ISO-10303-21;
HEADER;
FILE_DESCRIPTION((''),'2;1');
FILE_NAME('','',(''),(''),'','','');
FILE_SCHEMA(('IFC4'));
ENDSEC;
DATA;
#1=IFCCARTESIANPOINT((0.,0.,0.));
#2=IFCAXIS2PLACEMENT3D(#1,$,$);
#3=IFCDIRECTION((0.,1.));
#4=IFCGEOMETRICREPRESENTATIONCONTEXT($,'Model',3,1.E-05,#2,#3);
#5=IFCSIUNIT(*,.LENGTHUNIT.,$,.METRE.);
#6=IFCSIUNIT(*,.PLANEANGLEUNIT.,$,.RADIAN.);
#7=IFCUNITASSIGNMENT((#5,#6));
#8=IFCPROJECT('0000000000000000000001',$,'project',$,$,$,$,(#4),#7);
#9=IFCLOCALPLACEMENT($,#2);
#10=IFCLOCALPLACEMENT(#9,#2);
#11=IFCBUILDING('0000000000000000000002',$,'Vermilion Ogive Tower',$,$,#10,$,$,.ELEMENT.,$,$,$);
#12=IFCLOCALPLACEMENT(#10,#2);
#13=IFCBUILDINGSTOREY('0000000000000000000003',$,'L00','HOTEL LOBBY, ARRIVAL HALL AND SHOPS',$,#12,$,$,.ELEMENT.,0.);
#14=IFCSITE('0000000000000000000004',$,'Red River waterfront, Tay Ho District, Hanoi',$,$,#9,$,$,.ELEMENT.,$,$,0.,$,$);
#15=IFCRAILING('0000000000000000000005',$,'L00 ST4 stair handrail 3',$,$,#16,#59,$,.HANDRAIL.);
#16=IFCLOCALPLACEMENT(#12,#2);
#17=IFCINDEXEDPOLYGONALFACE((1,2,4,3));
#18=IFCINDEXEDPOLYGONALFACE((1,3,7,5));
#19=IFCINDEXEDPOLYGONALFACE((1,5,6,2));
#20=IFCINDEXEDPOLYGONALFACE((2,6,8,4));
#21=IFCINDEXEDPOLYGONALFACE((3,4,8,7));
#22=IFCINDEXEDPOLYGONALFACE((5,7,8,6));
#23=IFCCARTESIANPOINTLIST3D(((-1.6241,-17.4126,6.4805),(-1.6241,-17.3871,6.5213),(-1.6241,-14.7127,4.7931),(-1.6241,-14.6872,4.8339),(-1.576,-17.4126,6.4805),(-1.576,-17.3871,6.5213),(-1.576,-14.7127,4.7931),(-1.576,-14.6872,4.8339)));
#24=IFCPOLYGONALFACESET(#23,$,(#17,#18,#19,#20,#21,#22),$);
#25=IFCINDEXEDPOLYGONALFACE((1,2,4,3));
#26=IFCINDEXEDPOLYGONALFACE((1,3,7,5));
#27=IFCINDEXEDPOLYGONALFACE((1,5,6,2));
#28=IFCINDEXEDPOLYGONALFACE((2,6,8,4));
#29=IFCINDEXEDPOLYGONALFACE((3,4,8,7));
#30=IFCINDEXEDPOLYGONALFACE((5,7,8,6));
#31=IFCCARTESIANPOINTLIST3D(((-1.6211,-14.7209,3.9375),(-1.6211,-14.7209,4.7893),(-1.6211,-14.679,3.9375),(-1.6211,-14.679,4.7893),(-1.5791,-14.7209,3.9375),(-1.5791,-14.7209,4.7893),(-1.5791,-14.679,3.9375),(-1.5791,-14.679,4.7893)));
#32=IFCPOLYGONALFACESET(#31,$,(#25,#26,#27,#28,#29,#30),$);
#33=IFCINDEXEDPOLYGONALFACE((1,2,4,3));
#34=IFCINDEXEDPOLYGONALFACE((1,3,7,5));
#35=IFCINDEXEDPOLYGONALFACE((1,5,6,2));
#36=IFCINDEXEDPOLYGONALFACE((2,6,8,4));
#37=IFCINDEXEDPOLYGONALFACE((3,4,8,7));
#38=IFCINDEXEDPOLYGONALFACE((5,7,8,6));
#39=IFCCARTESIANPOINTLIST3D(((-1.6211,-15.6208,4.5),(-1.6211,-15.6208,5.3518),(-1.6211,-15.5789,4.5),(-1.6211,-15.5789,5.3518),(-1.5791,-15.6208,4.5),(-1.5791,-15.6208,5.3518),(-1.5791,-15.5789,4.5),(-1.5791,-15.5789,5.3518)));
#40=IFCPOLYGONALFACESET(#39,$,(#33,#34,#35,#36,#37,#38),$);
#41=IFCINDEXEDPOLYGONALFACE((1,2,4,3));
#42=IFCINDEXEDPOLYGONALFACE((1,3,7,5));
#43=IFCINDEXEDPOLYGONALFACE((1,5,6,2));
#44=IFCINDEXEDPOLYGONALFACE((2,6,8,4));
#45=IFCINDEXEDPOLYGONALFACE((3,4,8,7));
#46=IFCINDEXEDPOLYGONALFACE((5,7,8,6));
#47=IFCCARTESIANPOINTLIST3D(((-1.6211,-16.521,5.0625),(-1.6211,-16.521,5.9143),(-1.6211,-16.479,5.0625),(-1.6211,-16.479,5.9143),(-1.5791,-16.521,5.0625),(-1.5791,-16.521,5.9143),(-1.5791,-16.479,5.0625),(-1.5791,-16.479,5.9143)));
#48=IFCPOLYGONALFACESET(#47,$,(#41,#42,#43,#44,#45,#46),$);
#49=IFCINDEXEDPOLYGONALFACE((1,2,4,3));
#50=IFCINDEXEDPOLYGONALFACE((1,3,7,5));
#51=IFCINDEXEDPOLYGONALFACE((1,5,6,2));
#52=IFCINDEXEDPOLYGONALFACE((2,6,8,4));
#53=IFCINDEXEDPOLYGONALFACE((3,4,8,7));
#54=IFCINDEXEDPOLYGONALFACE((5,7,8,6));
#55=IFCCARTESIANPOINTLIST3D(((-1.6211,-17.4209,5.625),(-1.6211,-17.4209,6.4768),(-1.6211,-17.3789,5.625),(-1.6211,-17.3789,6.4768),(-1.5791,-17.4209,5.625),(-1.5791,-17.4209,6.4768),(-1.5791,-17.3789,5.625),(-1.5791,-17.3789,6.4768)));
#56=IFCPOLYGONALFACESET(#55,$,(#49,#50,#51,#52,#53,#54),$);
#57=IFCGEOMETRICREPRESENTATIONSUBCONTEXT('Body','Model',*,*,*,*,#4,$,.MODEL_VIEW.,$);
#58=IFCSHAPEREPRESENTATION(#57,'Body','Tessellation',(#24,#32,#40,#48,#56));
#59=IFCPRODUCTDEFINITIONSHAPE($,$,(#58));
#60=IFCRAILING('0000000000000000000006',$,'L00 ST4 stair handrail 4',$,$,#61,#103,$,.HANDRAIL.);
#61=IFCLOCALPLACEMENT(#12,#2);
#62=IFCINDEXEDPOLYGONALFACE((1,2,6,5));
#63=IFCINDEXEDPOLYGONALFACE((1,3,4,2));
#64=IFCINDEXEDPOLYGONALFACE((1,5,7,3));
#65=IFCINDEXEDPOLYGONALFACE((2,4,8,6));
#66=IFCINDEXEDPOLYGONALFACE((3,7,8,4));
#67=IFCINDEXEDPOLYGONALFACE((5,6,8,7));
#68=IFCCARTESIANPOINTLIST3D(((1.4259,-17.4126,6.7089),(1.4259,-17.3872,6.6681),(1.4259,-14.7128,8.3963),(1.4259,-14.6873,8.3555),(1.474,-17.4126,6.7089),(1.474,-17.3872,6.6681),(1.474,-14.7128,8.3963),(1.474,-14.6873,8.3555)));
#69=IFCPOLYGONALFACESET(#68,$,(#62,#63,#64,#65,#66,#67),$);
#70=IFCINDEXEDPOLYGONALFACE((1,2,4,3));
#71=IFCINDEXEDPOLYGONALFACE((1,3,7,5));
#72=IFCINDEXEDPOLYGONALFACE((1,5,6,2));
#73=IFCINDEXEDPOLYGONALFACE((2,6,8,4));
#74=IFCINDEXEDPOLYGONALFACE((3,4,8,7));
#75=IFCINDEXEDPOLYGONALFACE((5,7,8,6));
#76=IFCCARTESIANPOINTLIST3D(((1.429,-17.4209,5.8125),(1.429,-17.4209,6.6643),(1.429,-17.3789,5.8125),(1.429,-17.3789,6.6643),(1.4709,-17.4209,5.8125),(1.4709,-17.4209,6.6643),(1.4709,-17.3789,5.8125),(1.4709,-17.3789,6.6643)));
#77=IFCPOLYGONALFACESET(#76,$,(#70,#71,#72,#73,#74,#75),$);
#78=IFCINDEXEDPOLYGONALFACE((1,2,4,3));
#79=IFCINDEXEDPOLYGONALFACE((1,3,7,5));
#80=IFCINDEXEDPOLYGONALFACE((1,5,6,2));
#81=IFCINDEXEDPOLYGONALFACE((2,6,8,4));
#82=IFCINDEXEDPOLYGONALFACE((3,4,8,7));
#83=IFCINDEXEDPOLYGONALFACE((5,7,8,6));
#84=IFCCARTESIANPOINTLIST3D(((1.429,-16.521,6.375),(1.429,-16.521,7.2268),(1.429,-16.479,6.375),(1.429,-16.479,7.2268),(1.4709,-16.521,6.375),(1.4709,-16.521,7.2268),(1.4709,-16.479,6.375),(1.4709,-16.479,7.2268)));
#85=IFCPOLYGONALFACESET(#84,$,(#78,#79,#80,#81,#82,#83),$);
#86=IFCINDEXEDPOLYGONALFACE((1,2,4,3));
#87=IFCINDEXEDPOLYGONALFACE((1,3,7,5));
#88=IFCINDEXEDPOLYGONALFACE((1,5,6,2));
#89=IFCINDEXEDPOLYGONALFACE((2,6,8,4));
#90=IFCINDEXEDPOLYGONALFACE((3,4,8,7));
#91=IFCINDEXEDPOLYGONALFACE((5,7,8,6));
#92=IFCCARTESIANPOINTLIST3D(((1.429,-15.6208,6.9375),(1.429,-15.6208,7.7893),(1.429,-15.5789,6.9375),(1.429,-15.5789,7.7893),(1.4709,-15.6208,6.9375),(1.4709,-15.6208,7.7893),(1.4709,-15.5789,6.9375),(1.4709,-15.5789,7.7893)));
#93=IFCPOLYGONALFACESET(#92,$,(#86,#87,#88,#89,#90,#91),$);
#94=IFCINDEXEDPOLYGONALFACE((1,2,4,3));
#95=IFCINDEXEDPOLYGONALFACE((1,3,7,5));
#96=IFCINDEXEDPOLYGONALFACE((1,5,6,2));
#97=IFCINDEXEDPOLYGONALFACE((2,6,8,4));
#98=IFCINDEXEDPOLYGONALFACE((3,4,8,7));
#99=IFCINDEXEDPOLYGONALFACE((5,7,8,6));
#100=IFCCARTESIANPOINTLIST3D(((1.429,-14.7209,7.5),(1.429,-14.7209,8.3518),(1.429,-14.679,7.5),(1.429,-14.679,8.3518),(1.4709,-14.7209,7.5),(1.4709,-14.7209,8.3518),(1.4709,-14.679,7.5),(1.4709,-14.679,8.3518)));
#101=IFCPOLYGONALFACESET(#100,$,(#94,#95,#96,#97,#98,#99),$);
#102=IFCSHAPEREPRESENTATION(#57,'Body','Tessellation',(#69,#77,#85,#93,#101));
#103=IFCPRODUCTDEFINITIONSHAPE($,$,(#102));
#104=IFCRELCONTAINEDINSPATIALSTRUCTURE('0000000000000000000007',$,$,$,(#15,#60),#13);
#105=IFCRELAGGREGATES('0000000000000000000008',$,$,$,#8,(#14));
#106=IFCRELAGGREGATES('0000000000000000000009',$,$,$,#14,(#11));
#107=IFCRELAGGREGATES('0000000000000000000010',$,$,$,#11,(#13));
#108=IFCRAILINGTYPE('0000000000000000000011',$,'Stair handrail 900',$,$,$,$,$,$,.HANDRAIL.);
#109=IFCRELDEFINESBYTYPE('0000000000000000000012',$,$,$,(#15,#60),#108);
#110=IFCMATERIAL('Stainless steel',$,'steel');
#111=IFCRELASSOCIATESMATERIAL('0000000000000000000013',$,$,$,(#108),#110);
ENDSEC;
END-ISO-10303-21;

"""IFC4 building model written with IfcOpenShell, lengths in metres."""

from ifc_helpers import new_model, si_unit, direction, frame, origin, origin_2d, place, context, subcontext, project, spatial, rectangle, extrude, material, type_object, element, save


model = new_model("IFC4")

# Units and contexts
model_context = context("Model", 3, precision=1e-05, world=origin(), true_north=direction((0.0, 1.0)))
body_context = subcontext(model_context, "Body", "Model", "MODEL_VIEW")
ifc_project = project(units=[si_unit("LENGTHUNIT", "METRE"), si_unit("PLANEANGLEUNIT", "RADIAN")], contexts=[model_context])

# Site, building, storey
site_placement = place(None, origin())
site = spatial("IfcSite", under=ifc_project, at=site_placement, Name="Red River waterfront, Tay Ho District, Hanoi", CompositionType="ELEMENT", RefElevation=0.0)
building_placement = place(site_placement, origin())
building = spatial("IfcBuilding", under=site, at=building_placement, Name="Vermilion Ogive Tower", CompositionType="ELEMENT")
storey_placement = place(building_placement, origin())
storey = spatial("IfcBuildingStorey", under=building, at=storey_placement, Name="L00", Description="HOTEL LOBBY, ARRIVAL HALL AND SHOPS", CompositionType="ELEMENT", Elevation=0.0)

# Railings
ifc_material_1 = material(Name="Stainless steel", Category="steel")
railing_type_1 = type_object("IfcRailingType", Name="Stair handrail 900", PredefinedType="HANDRAIL", material=ifc_material_1)
railing_1_placement = place(storey_placement, frame((-1.6001, -14.7, 3.9375)))
element("IfcRailing", 1, at=railing_1_placement, inside=storey, type_object=railing_type_1, Name="L00 ST4 stair handrail 3", PredefinedType="HANDRAIL", context=body_context, shape_type="SweptSolid", body=[
    extrude(rectangle(XDim=0.0481, YDim=0.0481, at=origin_2d()), frame((0.0, 0.0, 0.876), z_axis=(0.0, -0.847994, 0.530006), x_axis=(1.0, 0.0, 0.0)), (0.0, 0.0, 1.0), 3.1838),
    extrude(rectangle(XDim=0.042, YDim=0.042, at=origin_2d()), origin(), (0.0, 0.0, 1.0), 0.8518),
    extrude(rectangle(XDim=0.042, YDim=0.042, at=origin_2d()), frame((0.0, -0.8999, 0.5625)), (0.0, 0.0, 1.0), 0.8518),
    extrude(rectangle(XDim=0.042, YDim=0.042, at=origin_2d()), frame((0.0, -1.8, 1.125)), (0.0, 0.0, 1.0), 0.8518),
    extrude(rectangle(XDim=0.042, YDim=0.042, at=origin_2d()), frame((0.0, -2.7, 1.6875)), (0.0, 0.0, 1.0), 0.8518),
])
railing_2_placement = place(storey_placement, frame((1.45, -17.3999, 5.8125)))
element("IfcRailing", 2, at=railing_2_placement, inside=storey, type_object=railing_type_1, Name="L00 ST4 stair handrail 4", PredefinedType="HANDRAIL", context=body_context, shape_type="SweptSolid", body=[
    extrude(rectangle(XDim=0.0481, YDim=0.0481, at=origin_2d()), frame((0.0, 0.0, 0.876), z_axis=(0.0, 0.847994, 0.530006), x_axis=(-1.0, 0.0, 0.0)), (0.0, 0.0, 1.0), 3.1838),
    extrude(rectangle(XDim=0.042, YDim=0.042, at=origin_2d()), origin(), (0.0, 0.0, 1.0), 0.8518),
    extrude(rectangle(XDim=0.042, YDim=0.042, at=origin_2d()), frame((0.0, 0.8999, 0.5625)), (0.0, 0.0, 1.0), 0.8518),
    extrude(rectangle(XDim=0.042, YDim=0.042, at=origin_2d()), frame((0.0, 1.8, 1.125)), (0.0, 0.0, 1.0), 0.8518),
    extrude(rectangle(XDim=0.042, YDim=0.042, at=origin_2d()), frame((0.0, 2.7, 1.6875)), (0.0, 0.0, 1.0), 0.8518),
])

save(model, "model.ifc")
